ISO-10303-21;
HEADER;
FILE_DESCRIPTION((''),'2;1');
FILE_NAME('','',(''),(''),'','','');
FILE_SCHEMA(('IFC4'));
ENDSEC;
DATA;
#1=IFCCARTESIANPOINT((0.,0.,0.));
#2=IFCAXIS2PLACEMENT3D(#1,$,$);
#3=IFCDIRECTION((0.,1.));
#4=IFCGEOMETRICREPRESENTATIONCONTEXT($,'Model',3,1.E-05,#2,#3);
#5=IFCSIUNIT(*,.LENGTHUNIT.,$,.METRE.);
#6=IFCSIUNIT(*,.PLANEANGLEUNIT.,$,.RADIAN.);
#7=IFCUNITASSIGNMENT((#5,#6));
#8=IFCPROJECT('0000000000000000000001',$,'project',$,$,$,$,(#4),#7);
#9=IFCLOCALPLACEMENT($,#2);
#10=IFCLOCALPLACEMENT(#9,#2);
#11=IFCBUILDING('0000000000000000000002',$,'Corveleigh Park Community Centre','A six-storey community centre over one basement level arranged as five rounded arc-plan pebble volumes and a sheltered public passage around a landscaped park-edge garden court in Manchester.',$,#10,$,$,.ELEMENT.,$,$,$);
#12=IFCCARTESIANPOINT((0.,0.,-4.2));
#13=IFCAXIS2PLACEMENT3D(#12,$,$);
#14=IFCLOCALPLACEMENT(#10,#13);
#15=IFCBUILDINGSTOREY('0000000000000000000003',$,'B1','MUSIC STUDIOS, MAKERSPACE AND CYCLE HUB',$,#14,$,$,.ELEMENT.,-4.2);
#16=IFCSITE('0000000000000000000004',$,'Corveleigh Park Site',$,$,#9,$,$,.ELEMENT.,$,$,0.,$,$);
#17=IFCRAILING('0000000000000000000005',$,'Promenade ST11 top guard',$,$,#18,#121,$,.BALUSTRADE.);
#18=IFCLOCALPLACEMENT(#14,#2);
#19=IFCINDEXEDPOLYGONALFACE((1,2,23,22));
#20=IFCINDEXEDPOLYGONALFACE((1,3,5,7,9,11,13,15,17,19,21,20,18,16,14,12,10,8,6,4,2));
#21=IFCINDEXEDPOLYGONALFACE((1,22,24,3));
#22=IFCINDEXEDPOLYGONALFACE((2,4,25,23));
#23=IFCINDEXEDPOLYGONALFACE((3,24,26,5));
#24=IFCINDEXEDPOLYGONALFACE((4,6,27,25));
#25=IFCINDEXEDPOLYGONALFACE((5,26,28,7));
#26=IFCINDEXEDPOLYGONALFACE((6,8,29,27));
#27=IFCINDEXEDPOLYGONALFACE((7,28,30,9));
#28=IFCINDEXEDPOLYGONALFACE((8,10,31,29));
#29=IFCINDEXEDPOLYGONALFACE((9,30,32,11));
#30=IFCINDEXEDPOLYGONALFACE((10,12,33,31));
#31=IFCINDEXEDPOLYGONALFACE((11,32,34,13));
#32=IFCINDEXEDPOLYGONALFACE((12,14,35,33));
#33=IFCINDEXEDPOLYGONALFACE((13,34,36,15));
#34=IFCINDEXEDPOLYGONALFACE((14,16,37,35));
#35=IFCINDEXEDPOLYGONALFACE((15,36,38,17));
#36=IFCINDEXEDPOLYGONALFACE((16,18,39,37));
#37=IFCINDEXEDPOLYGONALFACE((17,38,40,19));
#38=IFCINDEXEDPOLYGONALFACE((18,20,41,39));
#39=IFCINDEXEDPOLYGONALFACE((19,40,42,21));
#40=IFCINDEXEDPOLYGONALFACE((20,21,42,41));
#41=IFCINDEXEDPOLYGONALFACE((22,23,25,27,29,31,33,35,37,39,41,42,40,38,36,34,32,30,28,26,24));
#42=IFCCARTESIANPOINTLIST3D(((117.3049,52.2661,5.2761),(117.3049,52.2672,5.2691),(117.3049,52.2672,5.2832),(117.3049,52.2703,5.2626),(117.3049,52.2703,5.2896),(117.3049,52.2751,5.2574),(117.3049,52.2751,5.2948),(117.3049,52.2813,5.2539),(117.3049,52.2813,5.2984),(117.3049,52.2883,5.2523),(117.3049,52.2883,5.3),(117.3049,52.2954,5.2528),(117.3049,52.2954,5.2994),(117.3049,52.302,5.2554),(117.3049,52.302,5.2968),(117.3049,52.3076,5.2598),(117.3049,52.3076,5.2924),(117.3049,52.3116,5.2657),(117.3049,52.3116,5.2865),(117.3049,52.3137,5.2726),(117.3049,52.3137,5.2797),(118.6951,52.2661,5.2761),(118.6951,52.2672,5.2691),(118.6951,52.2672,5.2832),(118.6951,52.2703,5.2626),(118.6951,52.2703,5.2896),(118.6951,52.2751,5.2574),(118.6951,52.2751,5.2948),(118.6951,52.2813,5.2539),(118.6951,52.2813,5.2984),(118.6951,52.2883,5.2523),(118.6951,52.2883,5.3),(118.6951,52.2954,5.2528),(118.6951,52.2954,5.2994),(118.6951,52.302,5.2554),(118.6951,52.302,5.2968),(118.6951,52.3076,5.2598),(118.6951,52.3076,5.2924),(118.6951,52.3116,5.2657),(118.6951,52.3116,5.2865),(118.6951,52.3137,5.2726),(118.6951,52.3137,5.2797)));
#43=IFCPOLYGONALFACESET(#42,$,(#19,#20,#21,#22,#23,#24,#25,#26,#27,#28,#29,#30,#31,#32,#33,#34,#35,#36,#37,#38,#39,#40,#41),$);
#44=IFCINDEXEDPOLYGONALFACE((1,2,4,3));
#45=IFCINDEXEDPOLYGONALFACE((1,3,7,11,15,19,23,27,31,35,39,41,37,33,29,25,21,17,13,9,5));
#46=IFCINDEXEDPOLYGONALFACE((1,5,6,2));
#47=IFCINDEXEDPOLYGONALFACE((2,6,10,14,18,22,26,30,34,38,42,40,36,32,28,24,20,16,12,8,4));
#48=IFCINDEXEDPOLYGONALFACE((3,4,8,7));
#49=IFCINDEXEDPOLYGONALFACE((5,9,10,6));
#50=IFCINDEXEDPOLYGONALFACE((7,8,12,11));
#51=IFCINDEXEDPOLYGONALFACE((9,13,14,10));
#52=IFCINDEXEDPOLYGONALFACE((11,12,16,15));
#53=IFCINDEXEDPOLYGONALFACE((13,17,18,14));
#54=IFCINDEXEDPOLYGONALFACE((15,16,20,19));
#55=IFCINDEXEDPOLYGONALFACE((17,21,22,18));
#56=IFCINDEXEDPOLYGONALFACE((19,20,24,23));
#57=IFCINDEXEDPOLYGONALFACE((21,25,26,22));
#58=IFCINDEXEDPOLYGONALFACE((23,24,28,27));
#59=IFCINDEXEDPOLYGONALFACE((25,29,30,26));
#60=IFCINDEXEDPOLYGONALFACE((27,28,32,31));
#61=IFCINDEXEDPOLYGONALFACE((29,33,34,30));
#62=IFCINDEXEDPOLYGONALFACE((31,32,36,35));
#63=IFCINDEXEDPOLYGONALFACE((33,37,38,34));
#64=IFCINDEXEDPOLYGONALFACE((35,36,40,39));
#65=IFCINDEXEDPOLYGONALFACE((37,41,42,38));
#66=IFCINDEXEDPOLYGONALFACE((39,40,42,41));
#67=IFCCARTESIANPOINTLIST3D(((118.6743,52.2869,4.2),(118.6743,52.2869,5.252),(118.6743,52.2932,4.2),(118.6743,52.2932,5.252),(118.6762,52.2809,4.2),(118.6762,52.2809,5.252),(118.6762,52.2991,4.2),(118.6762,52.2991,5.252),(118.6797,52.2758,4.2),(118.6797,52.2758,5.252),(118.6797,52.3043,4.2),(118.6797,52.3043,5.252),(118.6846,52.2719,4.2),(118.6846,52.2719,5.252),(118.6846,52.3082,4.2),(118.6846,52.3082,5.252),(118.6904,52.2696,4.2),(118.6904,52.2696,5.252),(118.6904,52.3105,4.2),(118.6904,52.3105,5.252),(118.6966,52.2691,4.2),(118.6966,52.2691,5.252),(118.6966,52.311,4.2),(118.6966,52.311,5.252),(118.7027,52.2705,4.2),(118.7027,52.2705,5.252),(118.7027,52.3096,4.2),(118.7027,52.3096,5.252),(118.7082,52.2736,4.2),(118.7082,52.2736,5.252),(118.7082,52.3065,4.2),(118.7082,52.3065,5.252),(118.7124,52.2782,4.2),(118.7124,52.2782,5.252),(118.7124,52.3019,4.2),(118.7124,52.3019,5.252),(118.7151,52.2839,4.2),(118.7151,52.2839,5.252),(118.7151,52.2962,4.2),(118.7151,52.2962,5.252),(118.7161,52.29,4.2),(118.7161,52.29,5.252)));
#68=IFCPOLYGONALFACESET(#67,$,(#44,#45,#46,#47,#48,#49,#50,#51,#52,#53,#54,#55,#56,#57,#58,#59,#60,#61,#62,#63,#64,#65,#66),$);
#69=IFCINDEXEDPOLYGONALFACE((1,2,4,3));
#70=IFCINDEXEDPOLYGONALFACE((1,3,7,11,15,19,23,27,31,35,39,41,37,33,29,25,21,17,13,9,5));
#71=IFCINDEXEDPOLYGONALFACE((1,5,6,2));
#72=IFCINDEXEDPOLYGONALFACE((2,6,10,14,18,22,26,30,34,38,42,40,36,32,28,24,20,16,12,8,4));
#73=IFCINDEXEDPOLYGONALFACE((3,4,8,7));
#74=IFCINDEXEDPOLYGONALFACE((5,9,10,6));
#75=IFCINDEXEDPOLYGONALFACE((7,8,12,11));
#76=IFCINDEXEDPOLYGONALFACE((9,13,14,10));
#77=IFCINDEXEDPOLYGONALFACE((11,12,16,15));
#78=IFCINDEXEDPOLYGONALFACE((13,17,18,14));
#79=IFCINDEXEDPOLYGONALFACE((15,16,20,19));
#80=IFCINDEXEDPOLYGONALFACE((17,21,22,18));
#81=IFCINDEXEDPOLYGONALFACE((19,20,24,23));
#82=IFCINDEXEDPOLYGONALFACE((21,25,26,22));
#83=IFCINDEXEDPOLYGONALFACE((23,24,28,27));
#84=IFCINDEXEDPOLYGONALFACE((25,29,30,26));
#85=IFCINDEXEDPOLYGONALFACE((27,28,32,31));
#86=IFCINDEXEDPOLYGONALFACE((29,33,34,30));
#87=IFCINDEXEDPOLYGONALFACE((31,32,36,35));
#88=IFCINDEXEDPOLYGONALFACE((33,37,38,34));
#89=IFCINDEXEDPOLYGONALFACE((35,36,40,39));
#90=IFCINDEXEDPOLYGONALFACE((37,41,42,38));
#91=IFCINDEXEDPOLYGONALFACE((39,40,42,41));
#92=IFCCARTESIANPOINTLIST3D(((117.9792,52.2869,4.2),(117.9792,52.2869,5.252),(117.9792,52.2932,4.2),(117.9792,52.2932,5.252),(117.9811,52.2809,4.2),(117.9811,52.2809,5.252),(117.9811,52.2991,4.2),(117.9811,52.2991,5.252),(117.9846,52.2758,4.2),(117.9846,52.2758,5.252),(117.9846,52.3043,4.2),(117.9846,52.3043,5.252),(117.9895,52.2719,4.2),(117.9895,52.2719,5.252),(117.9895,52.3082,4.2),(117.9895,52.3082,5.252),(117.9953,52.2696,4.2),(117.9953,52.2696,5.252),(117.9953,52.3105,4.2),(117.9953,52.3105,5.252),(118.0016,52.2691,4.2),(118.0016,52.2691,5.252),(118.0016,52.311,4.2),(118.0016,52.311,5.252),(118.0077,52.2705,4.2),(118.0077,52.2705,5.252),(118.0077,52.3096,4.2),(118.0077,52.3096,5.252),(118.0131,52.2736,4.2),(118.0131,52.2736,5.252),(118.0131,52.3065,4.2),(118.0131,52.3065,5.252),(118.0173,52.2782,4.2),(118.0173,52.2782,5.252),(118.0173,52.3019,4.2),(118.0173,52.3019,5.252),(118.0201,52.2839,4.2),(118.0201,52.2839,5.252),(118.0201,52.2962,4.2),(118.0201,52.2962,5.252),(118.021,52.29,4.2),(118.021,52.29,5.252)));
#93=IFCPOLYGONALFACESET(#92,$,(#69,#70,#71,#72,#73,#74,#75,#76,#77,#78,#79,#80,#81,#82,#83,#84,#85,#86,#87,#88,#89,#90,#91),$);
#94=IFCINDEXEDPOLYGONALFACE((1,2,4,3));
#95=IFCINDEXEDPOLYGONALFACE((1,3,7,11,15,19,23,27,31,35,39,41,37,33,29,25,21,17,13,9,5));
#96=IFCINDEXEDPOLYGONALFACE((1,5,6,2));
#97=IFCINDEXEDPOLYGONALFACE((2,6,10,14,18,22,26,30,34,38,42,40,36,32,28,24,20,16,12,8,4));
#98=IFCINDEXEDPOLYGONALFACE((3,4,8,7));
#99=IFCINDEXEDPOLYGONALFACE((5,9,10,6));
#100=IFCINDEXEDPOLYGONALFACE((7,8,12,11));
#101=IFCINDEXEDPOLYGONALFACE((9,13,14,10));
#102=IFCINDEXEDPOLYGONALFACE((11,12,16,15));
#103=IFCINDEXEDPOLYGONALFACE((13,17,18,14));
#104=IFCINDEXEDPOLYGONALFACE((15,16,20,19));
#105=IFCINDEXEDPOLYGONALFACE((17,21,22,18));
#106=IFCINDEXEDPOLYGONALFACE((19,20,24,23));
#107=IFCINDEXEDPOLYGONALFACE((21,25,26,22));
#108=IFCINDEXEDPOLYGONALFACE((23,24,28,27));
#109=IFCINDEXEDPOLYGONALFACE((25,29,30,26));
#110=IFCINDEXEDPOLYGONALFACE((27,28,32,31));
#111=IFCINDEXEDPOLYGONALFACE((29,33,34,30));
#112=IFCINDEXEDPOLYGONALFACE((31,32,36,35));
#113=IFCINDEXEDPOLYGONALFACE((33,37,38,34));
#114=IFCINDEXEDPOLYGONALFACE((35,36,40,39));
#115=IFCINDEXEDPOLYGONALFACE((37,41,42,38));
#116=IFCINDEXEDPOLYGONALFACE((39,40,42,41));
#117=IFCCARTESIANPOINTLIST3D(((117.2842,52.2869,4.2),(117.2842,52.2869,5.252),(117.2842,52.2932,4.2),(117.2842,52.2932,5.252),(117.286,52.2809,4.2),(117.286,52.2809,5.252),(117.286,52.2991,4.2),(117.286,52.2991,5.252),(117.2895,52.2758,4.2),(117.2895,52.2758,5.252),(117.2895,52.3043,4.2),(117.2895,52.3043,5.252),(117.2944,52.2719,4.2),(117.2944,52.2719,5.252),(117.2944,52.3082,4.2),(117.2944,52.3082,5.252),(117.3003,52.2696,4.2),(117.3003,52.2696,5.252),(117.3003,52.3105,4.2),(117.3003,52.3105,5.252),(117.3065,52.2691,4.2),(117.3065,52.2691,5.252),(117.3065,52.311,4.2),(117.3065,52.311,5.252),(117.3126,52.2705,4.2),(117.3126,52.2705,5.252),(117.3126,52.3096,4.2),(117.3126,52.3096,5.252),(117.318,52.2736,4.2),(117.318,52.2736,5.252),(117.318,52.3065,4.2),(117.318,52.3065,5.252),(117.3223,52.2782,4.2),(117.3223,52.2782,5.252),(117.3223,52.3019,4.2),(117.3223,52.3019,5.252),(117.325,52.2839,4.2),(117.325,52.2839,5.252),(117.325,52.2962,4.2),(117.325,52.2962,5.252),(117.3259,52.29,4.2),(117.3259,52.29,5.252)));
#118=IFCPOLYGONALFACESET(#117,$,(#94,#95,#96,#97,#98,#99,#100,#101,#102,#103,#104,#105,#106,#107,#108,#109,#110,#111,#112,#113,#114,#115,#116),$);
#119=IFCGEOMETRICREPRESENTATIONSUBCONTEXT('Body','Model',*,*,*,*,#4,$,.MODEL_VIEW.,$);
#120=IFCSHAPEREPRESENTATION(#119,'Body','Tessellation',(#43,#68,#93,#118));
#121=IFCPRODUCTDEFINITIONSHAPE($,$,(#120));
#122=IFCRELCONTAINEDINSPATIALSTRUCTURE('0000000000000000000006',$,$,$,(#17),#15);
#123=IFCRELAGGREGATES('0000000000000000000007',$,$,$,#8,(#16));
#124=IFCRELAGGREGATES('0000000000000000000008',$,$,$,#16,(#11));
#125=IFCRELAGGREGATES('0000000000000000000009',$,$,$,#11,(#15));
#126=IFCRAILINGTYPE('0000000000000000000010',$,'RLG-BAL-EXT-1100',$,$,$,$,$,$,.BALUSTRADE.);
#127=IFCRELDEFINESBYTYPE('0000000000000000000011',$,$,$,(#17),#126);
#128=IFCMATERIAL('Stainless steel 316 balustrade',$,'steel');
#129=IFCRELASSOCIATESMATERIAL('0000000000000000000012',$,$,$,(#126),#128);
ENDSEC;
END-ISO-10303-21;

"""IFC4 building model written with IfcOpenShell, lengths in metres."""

from ifc_helpers import new_model, si_unit, direction, frame, origin, origin_2d, place, context, subcontext, project, spatial, circle, extrude, material, type_object, element, save


model = new_model("IFC4")

# Units and contexts
model_context = context("Model", 3, precision=1e-05, world=origin(), true_north=direction((0.0, 1.0)))
body_context = subcontext(model_context, "Body", "Model", "MODEL_VIEW")
ifc_project = project(units=[si_unit("LENGTHUNIT", "METRE"), si_unit("PLANEANGLEUNIT", "RADIAN")], contexts=[model_context])

# Site, building, storey
site_placement = place(None, origin())
site = spatial("IfcSite", under=ifc_project, at=site_placement, Name="Corveleigh Park Site", CompositionType="ELEMENT", RefElevation=0.0)
building_placement = place(site_placement, origin())
building = spatial("IfcBuilding", under=site, at=building_placement, Name="Corveleigh Park Community Centre", Description="A six-storey community centre over one basement level arranged as five rounded arc-plan pebble volumes and a sheltered public passage around a landscaped park-edge garden court in Manchester.", CompositionType="ELEMENT")
storey_placement = place(building_placement, frame((0.0, 0.0, -4.2)))
storey = spatial("IfcBuildingStorey", under=building, at=storey_placement, Name="B1", Description="MUSIC STUDIOS, MAKERSPACE AND CYCLE HUB", CompositionType="ELEMENT", Elevation=-4.2)

# Railing
ifc_material_1 = material(Name="Stainless steel 316 balustrade", Category="steel")
railing_type = type_object("IfcRailingType", Name="RLG-BAL-EXT-1100", PredefinedType="BALUSTRADE", material=ifc_material_1)
railing_1_placement = place(storey_placement, frame((118.6951, 52.29, 4.2)))
element("IfcRailing", 1, at=railing_1_placement, inside=storey, type_object=railing_type, Name="Promenade ST11 top guard", PredefinedType="BALUSTRADE", context=body_context, shape_type="SweptSolid", body=[
    extrude(circle(Radius=0.0239, at=origin_2d()), frame((0.0, 0.0, 1.0762), z_axis=(-1.0, 0.0, 0.0), x_axis=(0.0, -1.0, 0.0)), (0.0, 0.0, 1.0), 1.3901),
    extrude(circle(Radius=0.021, at=origin_2d()), origin(), (0.0, 0.0, 1.0), 1.052),
    extrude(circle(Radius=0.021, at=origin_2d()), frame((-0.6951, 0.0, 0.0)), (0.0, 0.0, 1.0), 1.052),
    extrude(circle(Radius=0.021, at=origin_2d()), frame((-1.3901, 0.0, 0.0)), (0.0, 0.0, 1.0), 1.052),
])

save(model, "model.ifc")
